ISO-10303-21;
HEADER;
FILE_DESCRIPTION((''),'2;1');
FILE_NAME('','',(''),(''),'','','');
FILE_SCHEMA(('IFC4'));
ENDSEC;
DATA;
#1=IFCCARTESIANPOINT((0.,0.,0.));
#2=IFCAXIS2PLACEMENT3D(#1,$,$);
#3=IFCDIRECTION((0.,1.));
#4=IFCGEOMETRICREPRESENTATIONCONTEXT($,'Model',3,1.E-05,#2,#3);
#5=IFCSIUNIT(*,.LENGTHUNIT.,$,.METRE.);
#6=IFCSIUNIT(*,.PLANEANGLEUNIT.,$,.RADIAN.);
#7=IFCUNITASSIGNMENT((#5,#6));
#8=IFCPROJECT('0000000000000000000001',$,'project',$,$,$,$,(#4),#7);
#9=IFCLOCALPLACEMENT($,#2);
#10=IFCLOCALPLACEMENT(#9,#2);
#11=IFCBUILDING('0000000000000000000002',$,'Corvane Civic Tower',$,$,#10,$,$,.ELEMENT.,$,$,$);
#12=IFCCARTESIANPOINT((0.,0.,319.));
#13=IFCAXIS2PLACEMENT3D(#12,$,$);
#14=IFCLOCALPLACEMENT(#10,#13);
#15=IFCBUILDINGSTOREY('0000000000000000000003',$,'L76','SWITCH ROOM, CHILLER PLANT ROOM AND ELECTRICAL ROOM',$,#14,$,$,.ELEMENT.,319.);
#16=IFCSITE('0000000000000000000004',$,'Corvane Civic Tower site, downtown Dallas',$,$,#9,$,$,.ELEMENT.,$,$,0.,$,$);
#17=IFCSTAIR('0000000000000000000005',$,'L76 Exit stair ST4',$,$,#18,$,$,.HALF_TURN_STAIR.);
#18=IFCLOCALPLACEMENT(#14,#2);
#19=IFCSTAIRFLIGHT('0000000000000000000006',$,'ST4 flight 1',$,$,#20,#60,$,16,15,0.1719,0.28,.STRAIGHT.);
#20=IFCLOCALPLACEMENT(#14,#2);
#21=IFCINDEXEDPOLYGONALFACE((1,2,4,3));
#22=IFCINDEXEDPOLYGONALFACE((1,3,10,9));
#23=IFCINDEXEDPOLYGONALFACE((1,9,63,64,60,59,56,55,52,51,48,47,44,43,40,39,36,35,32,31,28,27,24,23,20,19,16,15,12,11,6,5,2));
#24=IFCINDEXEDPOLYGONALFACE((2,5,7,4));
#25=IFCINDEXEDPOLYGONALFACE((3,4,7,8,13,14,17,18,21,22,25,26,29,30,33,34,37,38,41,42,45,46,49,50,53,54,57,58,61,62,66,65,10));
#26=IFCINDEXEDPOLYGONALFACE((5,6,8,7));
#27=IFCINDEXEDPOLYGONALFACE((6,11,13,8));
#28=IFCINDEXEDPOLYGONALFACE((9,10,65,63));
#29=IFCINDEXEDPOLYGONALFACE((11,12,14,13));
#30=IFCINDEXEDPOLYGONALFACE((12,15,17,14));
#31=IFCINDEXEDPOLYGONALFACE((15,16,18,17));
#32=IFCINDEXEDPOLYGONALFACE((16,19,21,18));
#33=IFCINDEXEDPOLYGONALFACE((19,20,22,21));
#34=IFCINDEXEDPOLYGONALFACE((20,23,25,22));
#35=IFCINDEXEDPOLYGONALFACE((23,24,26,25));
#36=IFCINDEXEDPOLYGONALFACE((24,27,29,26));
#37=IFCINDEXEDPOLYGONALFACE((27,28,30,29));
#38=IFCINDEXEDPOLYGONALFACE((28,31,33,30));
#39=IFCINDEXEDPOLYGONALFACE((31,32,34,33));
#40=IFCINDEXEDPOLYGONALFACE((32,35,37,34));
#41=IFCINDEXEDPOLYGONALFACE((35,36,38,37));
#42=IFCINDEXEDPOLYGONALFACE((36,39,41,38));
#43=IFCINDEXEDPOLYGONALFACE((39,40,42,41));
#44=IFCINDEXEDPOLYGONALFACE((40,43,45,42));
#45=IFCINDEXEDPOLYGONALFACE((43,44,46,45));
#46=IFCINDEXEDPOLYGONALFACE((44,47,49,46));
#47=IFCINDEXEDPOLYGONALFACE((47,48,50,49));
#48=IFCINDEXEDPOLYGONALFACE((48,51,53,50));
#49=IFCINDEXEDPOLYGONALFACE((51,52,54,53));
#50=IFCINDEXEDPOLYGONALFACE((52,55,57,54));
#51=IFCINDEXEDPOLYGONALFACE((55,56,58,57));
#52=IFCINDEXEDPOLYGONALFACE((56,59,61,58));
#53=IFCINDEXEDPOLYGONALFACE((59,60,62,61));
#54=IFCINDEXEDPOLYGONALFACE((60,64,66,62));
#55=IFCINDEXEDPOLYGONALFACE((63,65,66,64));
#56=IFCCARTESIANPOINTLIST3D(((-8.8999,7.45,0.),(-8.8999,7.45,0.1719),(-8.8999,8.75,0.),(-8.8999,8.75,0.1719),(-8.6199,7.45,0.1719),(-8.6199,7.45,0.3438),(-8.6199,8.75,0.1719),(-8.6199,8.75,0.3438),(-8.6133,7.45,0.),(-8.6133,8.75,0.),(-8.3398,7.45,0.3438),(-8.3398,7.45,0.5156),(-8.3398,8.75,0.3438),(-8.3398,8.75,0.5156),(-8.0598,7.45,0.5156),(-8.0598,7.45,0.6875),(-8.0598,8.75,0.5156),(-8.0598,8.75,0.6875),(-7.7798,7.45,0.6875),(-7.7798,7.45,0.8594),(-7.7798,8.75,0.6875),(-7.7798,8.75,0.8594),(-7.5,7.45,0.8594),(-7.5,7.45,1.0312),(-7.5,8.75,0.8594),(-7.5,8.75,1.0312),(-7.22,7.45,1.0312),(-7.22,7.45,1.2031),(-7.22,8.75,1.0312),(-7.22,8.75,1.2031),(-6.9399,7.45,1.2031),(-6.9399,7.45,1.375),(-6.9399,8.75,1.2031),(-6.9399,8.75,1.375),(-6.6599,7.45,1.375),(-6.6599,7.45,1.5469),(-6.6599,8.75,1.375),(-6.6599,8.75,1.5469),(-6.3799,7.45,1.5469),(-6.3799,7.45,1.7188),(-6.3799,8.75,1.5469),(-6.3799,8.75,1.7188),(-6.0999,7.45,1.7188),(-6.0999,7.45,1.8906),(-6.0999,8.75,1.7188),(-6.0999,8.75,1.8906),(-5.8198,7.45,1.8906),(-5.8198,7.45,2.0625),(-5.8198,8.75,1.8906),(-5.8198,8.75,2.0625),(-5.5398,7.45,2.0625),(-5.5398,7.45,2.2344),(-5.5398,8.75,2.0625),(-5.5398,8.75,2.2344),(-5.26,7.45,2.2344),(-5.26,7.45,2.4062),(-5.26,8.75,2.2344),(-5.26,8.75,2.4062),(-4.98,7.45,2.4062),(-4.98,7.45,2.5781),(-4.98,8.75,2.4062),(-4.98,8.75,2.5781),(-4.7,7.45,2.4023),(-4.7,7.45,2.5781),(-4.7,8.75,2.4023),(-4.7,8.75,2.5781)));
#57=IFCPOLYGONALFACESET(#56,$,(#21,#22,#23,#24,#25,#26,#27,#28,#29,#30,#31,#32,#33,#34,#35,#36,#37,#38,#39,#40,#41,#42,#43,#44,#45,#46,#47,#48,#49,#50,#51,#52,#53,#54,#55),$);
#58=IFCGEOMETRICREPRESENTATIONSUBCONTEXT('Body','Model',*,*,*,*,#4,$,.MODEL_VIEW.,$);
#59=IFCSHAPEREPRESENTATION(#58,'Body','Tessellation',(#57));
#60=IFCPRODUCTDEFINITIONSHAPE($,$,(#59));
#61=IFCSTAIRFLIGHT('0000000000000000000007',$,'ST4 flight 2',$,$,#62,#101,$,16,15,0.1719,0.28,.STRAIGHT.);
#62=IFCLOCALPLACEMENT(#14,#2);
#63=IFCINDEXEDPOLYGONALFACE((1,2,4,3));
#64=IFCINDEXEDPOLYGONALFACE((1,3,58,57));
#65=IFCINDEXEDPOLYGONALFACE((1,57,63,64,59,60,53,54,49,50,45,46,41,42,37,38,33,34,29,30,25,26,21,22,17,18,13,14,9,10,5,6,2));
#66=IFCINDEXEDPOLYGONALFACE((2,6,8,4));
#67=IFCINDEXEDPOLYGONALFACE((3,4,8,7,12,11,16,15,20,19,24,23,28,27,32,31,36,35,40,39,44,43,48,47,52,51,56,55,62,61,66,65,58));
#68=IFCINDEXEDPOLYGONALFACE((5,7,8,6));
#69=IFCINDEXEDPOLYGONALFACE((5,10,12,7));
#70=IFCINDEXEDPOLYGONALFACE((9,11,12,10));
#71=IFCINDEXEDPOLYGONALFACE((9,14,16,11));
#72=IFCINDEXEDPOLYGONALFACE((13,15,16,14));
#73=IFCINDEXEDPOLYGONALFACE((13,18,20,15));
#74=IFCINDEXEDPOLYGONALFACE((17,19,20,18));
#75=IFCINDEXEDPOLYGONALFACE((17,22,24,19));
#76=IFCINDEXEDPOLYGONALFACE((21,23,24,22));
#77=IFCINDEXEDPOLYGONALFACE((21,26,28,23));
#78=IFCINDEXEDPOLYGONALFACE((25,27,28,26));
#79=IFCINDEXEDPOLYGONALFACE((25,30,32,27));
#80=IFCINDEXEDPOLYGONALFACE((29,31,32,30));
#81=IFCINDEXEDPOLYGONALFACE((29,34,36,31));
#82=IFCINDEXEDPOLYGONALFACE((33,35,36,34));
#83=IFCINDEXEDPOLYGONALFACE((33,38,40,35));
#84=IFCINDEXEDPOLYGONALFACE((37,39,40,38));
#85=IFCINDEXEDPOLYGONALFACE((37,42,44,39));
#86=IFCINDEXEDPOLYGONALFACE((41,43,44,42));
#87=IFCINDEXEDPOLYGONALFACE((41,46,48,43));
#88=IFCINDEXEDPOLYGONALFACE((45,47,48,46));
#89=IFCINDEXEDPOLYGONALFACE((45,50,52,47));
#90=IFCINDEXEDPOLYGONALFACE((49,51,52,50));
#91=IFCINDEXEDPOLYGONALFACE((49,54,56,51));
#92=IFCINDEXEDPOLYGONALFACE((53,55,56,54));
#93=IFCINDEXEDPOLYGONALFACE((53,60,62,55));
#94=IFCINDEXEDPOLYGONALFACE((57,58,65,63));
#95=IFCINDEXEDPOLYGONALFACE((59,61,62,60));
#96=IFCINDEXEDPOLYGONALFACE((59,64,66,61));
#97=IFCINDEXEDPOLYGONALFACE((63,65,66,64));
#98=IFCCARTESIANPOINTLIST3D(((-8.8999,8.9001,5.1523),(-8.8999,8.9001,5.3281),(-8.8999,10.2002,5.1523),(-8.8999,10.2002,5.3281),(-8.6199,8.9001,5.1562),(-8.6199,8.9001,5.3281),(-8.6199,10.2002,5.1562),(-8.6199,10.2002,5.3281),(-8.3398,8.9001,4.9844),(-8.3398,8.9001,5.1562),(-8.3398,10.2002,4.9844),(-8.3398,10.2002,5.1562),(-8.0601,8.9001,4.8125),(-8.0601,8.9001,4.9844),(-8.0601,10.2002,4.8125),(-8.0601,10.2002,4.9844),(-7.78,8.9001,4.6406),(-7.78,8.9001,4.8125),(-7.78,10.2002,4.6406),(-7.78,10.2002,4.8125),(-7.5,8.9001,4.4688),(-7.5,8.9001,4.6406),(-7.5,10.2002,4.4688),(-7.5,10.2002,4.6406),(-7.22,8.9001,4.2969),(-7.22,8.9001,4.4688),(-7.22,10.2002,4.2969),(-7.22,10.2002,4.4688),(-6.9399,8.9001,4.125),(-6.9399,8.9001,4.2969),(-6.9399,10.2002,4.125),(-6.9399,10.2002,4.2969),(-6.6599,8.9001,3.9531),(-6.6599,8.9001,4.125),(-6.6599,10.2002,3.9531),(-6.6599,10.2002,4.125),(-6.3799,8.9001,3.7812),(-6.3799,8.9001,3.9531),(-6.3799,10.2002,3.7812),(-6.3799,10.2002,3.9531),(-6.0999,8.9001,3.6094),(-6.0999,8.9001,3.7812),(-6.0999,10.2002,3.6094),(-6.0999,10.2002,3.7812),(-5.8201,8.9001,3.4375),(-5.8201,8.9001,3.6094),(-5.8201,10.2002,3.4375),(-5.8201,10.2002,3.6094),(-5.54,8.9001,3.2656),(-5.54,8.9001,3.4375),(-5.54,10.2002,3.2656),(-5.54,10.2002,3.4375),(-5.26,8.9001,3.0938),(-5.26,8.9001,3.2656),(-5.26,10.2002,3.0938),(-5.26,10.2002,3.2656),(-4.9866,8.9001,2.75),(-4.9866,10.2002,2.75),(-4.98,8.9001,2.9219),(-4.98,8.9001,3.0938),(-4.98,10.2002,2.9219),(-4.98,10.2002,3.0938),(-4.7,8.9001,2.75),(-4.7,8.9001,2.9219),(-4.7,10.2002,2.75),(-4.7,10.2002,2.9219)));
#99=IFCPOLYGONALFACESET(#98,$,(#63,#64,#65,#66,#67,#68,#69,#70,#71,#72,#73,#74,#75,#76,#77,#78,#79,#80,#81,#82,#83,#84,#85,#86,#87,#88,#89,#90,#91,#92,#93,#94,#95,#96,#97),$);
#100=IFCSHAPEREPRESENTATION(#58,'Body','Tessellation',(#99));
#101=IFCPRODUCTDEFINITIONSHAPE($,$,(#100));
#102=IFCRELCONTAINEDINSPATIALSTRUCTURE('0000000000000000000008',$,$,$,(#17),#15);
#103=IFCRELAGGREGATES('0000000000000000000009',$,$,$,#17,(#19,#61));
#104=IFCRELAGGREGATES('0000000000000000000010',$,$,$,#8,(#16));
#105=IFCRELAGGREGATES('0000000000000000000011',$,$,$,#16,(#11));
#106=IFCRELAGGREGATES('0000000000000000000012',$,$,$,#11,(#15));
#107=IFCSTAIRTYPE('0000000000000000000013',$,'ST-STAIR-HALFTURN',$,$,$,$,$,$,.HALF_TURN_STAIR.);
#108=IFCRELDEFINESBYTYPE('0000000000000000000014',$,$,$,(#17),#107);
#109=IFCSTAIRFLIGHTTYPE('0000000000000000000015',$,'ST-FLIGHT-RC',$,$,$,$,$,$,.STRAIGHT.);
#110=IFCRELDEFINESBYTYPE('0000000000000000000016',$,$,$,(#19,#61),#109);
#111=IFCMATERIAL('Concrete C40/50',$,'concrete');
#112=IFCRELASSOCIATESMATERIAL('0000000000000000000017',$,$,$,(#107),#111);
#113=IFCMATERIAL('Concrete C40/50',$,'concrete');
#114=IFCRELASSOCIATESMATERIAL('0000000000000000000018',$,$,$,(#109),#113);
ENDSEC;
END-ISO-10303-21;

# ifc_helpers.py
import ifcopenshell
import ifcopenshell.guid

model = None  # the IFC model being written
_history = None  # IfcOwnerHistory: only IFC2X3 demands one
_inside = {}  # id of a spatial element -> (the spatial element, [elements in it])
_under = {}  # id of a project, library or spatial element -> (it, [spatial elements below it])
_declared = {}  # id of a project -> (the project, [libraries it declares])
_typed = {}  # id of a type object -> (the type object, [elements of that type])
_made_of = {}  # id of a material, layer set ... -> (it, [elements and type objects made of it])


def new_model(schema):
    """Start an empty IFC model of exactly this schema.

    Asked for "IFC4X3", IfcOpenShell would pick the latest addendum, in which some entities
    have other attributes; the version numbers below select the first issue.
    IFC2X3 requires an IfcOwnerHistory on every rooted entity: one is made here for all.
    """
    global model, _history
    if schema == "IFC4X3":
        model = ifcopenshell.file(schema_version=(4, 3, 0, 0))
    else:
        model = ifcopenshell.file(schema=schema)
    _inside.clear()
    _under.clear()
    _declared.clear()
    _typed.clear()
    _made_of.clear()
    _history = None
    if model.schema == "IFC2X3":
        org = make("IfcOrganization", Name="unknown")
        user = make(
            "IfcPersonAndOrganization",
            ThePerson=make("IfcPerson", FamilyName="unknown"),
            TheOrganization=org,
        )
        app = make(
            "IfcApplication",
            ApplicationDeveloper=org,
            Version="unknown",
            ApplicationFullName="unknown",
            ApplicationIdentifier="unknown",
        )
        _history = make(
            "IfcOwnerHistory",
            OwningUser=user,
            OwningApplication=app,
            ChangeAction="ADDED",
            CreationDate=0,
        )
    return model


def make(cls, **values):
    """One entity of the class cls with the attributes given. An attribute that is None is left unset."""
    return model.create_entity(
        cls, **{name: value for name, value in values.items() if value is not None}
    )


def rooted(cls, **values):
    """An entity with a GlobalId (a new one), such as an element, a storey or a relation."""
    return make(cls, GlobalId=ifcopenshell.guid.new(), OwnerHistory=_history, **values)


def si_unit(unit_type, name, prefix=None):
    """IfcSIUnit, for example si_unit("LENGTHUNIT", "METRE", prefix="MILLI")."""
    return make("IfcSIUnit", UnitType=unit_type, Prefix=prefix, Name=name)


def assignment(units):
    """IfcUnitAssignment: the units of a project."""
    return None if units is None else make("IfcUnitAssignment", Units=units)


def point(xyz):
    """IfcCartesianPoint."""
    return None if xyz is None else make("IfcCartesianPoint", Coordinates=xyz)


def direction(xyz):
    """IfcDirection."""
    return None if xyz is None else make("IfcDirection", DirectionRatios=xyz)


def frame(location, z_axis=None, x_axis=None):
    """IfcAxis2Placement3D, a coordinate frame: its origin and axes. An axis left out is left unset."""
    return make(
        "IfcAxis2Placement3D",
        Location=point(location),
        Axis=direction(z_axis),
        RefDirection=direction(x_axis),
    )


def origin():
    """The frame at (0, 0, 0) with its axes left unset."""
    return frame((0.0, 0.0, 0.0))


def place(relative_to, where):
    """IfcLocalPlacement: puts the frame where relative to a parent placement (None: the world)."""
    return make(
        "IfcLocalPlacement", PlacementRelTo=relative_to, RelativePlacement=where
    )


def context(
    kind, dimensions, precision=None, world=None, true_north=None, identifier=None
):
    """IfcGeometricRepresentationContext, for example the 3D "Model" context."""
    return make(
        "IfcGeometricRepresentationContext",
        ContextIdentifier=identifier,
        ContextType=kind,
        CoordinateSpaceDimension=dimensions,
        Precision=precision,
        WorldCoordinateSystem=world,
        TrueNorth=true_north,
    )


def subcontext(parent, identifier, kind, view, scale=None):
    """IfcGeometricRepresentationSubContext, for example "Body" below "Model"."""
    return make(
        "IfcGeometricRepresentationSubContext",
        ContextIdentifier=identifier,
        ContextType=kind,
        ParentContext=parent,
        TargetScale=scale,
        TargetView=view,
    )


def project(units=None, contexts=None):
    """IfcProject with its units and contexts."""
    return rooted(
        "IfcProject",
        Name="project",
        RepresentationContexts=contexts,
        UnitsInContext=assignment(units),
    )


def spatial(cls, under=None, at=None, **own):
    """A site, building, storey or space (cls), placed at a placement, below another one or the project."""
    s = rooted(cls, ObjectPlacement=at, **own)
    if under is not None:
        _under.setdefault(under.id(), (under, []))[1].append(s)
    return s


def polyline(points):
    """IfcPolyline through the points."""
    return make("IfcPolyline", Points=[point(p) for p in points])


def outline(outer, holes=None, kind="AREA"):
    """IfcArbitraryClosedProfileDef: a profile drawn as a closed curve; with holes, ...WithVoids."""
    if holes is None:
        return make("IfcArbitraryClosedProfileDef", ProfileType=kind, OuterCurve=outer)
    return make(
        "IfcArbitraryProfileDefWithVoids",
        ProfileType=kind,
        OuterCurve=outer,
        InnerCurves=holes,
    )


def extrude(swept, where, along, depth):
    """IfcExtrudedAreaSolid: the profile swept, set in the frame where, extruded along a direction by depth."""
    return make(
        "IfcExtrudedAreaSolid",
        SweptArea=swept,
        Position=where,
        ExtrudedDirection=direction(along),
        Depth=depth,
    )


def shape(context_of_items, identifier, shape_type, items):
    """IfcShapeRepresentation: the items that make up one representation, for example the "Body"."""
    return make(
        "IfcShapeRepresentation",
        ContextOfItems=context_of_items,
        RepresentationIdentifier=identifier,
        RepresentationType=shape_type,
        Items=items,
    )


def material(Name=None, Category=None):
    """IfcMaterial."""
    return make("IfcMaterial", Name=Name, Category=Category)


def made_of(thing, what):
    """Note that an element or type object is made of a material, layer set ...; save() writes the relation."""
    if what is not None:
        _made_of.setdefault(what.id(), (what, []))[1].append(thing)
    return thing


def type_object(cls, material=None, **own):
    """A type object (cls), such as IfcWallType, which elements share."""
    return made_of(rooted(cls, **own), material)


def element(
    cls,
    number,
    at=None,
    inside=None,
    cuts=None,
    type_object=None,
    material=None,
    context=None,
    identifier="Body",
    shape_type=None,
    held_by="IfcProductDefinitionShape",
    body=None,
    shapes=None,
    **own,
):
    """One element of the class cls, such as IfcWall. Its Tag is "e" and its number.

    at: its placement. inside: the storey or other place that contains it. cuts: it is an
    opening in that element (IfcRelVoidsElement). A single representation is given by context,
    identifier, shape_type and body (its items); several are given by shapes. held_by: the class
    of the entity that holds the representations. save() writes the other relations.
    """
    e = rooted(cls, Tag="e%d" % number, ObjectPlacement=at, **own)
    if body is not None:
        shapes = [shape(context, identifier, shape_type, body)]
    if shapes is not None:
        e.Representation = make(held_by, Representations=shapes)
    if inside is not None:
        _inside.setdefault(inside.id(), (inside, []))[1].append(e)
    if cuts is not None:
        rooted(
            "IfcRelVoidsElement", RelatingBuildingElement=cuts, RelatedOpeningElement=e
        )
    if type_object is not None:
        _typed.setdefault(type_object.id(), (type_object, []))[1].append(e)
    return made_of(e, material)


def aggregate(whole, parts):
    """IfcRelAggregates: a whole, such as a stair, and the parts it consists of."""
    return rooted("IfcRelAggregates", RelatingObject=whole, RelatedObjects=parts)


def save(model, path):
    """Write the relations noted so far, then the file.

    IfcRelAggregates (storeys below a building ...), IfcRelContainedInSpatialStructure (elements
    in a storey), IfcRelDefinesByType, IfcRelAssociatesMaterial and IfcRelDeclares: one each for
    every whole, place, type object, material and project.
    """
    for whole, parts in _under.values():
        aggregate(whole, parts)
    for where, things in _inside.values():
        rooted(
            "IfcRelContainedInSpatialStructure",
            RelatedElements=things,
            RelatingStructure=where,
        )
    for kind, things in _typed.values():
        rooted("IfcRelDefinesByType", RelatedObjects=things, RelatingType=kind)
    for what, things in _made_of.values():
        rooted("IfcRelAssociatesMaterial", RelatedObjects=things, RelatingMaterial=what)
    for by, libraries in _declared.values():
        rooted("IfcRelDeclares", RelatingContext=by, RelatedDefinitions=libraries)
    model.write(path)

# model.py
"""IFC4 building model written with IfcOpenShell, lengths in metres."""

from ifc_helpers import new_model, si_unit, direction, frame, origin, place, context, subcontext, project, spatial, polyline, outline, extrude, material, type_object, element, aggregate, save


model = new_model("IFC4")

# Units and contexts
model_context = context("Model", 3, precision=1e-05, world=origin(), true_north=direction((0.0, 1.0)))
body_context = subcontext(model_context, "Body", "Model", "MODEL_VIEW")
ifc_project = project(units=[si_unit("LENGTHUNIT", "METRE"), si_unit("PLANEANGLEUNIT", "RADIAN")], contexts=[model_context])

# Site, building, storey
site_placement = place(None, origin())
site = spatial("IfcSite", under=ifc_project, at=site_placement, Name="Corvane Civic Tower site, downtown Dallas", CompositionType="ELEMENT", RefElevation=0.0)
building_placement = place(site_placement, origin())
building = spatial("IfcBuilding", under=site, at=building_placement, Name="Corvane Civic Tower", CompositionType="ELEMENT")
storey_placement = place(building_placement, frame((0.0, 0.0, 319.0)))
storey = spatial("IfcBuildingStorey", under=building, at=storey_placement, Name="L76", Description="SWITCH ROOM, CHILLER PLANT ROOM AND ELECTRICAL ROOM", CompositionType="ELEMENT", Elevation=319.0)

# Stair, stair flights
ifc_material_1 = material(Name="Concrete C40/50", Category="concrete")
stair_type = type_object("IfcStairType", Name="ST-STAIR-HALFTURN", PredefinedType="HALF_TURN_STAIR", material=ifc_material_1)
stair_placement = place(storey_placement, origin())
stair = element("IfcStair", 1, at=stair_placement, inside=storey, type_object=stair_type, Name="L76 Exit stair ST4", PredefinedType="HALF_TURN_STAIR")
ifc_material_2 = material(Name="Concrete C40/50", Category="concrete")
stair_flight_type = type_object("IfcStairFlightType", Name="ST-FLIGHT-RC", PredefinedType="STRAIGHT", material=ifc_material_2)
stair_flight_1_placement = place(storey_placement, frame((-8.8999, 8.1001, 0.0), z_axis=(0.0, 0.0, 1.0), x_axis=(1.0, 0.0, 0.0)))
stair_flight_1 = element("IfcStairFlight", 2, at=stair_flight_1_placement, type_object=stair_flight_type, Name="ST4 flight 1", NumberOfRisers=16, NumberOfTreads=15, PredefinedType="STRAIGHT", RiserHeight=0.1719, TreadLength=0.28, context=body_context, shape_type="SweptSolid", body=[
    extrude(outline(polyline([(0.0, 0.0), (0.0, 0.1719), (0.28, 0.1719), (0.28, 0.3438), (0.5601, 0.3438), (0.5601, 0.5156), (0.8401, 0.5156), (0.8401, 0.6875), (1.1201, 0.6875), (1.1201, 0.8594), (1.3999, 0.8594), (1.3999, 1.0312), (1.6799, 1.0312), (1.6799, 1.2031), (1.96, 1.2031), (1.96, 1.375), (2.24, 1.375), (2.24, 1.5469), (2.52, 1.5469), (2.52, 1.7188), (2.8, 1.7188), (2.8, 1.8906), (3.0801, 1.8906), (3.0801, 2.0625), (3.3601, 2.0625), (3.3601, 2.2344), (3.6399, 2.2344), (3.6399, 2.4062), (3.9199, 2.4062), (3.9199, 2.5781), (4.2, 2.5781), (4.2, 2.75), (4.2, 2.4023), (0.2866, 0.0), (0.0, 0.0)])), frame((0.0, 0.6499, 0.0), z_axis=(0.0, -1.0, 0.0), x_axis=(1.0, 0.0, 0.0)), (0.0, 0.0, 1.0), 1.3),
])
stair_flight_2_placement = place(storey_placement, frame((-4.7, 9.55, 2.75), z_axis=(0.0, 0.0, 1.0), x_axis=(-1.0, 0.0, 0.0)))
stair_flight_2 = element("IfcStairFlight", 3, at=stair_flight_2_placement, type_object=stair_flight_type, Name="ST4 flight 2", NumberOfRisers=16, NumberOfTreads=15, PredefinedType="STRAIGHT", RiserHeight=0.1719, TreadLength=0.28, context=body_context, shape_type="SweptSolid", body=[
    extrude(outline(polyline([(0.0, 0.0), (0.0, 0.1719), (0.28, 0.1719), (0.28, 0.3438), (0.5601, 0.3438), (0.5601, 0.5156), (0.8401, 0.5156), (0.8401, 0.6875), (1.1201, 0.6875), (1.1201, 0.8594), (1.3999, 0.8594), (1.3999, 1.0312), (1.6799, 1.0312), (1.6799, 1.2031), (1.96, 1.2031), (1.96, 1.375), (2.24, 1.375), (2.24, 1.5469), (2.52, 1.5469), (2.52, 1.7188), (2.8, 1.7188), (2.8, 1.8906), (3.0801, 1.8906), (3.0801, 2.0625), (3.3601, 2.0625), (3.3601, 2.2344), (3.6399, 2.2344), (3.6399, 2.4062), (3.9199, 2.4062), (3.9199, 2.5781), (4.2, 2.5781), (4.2, 2.75), (4.2, 2.4023), (0.2866, 0.0), (0.0, 0.0)])), frame((0.0, 0.6499, 0.0), z_axis=(0.0, -1.0, 0.0), x_axis=(1.0, 0.0, 0.0)), (0.0, 0.0, 1.0), 1.3),
])
aggregate(stair, [stair_flight_1, stair_flight_2])

save(model, "model.ifc")
